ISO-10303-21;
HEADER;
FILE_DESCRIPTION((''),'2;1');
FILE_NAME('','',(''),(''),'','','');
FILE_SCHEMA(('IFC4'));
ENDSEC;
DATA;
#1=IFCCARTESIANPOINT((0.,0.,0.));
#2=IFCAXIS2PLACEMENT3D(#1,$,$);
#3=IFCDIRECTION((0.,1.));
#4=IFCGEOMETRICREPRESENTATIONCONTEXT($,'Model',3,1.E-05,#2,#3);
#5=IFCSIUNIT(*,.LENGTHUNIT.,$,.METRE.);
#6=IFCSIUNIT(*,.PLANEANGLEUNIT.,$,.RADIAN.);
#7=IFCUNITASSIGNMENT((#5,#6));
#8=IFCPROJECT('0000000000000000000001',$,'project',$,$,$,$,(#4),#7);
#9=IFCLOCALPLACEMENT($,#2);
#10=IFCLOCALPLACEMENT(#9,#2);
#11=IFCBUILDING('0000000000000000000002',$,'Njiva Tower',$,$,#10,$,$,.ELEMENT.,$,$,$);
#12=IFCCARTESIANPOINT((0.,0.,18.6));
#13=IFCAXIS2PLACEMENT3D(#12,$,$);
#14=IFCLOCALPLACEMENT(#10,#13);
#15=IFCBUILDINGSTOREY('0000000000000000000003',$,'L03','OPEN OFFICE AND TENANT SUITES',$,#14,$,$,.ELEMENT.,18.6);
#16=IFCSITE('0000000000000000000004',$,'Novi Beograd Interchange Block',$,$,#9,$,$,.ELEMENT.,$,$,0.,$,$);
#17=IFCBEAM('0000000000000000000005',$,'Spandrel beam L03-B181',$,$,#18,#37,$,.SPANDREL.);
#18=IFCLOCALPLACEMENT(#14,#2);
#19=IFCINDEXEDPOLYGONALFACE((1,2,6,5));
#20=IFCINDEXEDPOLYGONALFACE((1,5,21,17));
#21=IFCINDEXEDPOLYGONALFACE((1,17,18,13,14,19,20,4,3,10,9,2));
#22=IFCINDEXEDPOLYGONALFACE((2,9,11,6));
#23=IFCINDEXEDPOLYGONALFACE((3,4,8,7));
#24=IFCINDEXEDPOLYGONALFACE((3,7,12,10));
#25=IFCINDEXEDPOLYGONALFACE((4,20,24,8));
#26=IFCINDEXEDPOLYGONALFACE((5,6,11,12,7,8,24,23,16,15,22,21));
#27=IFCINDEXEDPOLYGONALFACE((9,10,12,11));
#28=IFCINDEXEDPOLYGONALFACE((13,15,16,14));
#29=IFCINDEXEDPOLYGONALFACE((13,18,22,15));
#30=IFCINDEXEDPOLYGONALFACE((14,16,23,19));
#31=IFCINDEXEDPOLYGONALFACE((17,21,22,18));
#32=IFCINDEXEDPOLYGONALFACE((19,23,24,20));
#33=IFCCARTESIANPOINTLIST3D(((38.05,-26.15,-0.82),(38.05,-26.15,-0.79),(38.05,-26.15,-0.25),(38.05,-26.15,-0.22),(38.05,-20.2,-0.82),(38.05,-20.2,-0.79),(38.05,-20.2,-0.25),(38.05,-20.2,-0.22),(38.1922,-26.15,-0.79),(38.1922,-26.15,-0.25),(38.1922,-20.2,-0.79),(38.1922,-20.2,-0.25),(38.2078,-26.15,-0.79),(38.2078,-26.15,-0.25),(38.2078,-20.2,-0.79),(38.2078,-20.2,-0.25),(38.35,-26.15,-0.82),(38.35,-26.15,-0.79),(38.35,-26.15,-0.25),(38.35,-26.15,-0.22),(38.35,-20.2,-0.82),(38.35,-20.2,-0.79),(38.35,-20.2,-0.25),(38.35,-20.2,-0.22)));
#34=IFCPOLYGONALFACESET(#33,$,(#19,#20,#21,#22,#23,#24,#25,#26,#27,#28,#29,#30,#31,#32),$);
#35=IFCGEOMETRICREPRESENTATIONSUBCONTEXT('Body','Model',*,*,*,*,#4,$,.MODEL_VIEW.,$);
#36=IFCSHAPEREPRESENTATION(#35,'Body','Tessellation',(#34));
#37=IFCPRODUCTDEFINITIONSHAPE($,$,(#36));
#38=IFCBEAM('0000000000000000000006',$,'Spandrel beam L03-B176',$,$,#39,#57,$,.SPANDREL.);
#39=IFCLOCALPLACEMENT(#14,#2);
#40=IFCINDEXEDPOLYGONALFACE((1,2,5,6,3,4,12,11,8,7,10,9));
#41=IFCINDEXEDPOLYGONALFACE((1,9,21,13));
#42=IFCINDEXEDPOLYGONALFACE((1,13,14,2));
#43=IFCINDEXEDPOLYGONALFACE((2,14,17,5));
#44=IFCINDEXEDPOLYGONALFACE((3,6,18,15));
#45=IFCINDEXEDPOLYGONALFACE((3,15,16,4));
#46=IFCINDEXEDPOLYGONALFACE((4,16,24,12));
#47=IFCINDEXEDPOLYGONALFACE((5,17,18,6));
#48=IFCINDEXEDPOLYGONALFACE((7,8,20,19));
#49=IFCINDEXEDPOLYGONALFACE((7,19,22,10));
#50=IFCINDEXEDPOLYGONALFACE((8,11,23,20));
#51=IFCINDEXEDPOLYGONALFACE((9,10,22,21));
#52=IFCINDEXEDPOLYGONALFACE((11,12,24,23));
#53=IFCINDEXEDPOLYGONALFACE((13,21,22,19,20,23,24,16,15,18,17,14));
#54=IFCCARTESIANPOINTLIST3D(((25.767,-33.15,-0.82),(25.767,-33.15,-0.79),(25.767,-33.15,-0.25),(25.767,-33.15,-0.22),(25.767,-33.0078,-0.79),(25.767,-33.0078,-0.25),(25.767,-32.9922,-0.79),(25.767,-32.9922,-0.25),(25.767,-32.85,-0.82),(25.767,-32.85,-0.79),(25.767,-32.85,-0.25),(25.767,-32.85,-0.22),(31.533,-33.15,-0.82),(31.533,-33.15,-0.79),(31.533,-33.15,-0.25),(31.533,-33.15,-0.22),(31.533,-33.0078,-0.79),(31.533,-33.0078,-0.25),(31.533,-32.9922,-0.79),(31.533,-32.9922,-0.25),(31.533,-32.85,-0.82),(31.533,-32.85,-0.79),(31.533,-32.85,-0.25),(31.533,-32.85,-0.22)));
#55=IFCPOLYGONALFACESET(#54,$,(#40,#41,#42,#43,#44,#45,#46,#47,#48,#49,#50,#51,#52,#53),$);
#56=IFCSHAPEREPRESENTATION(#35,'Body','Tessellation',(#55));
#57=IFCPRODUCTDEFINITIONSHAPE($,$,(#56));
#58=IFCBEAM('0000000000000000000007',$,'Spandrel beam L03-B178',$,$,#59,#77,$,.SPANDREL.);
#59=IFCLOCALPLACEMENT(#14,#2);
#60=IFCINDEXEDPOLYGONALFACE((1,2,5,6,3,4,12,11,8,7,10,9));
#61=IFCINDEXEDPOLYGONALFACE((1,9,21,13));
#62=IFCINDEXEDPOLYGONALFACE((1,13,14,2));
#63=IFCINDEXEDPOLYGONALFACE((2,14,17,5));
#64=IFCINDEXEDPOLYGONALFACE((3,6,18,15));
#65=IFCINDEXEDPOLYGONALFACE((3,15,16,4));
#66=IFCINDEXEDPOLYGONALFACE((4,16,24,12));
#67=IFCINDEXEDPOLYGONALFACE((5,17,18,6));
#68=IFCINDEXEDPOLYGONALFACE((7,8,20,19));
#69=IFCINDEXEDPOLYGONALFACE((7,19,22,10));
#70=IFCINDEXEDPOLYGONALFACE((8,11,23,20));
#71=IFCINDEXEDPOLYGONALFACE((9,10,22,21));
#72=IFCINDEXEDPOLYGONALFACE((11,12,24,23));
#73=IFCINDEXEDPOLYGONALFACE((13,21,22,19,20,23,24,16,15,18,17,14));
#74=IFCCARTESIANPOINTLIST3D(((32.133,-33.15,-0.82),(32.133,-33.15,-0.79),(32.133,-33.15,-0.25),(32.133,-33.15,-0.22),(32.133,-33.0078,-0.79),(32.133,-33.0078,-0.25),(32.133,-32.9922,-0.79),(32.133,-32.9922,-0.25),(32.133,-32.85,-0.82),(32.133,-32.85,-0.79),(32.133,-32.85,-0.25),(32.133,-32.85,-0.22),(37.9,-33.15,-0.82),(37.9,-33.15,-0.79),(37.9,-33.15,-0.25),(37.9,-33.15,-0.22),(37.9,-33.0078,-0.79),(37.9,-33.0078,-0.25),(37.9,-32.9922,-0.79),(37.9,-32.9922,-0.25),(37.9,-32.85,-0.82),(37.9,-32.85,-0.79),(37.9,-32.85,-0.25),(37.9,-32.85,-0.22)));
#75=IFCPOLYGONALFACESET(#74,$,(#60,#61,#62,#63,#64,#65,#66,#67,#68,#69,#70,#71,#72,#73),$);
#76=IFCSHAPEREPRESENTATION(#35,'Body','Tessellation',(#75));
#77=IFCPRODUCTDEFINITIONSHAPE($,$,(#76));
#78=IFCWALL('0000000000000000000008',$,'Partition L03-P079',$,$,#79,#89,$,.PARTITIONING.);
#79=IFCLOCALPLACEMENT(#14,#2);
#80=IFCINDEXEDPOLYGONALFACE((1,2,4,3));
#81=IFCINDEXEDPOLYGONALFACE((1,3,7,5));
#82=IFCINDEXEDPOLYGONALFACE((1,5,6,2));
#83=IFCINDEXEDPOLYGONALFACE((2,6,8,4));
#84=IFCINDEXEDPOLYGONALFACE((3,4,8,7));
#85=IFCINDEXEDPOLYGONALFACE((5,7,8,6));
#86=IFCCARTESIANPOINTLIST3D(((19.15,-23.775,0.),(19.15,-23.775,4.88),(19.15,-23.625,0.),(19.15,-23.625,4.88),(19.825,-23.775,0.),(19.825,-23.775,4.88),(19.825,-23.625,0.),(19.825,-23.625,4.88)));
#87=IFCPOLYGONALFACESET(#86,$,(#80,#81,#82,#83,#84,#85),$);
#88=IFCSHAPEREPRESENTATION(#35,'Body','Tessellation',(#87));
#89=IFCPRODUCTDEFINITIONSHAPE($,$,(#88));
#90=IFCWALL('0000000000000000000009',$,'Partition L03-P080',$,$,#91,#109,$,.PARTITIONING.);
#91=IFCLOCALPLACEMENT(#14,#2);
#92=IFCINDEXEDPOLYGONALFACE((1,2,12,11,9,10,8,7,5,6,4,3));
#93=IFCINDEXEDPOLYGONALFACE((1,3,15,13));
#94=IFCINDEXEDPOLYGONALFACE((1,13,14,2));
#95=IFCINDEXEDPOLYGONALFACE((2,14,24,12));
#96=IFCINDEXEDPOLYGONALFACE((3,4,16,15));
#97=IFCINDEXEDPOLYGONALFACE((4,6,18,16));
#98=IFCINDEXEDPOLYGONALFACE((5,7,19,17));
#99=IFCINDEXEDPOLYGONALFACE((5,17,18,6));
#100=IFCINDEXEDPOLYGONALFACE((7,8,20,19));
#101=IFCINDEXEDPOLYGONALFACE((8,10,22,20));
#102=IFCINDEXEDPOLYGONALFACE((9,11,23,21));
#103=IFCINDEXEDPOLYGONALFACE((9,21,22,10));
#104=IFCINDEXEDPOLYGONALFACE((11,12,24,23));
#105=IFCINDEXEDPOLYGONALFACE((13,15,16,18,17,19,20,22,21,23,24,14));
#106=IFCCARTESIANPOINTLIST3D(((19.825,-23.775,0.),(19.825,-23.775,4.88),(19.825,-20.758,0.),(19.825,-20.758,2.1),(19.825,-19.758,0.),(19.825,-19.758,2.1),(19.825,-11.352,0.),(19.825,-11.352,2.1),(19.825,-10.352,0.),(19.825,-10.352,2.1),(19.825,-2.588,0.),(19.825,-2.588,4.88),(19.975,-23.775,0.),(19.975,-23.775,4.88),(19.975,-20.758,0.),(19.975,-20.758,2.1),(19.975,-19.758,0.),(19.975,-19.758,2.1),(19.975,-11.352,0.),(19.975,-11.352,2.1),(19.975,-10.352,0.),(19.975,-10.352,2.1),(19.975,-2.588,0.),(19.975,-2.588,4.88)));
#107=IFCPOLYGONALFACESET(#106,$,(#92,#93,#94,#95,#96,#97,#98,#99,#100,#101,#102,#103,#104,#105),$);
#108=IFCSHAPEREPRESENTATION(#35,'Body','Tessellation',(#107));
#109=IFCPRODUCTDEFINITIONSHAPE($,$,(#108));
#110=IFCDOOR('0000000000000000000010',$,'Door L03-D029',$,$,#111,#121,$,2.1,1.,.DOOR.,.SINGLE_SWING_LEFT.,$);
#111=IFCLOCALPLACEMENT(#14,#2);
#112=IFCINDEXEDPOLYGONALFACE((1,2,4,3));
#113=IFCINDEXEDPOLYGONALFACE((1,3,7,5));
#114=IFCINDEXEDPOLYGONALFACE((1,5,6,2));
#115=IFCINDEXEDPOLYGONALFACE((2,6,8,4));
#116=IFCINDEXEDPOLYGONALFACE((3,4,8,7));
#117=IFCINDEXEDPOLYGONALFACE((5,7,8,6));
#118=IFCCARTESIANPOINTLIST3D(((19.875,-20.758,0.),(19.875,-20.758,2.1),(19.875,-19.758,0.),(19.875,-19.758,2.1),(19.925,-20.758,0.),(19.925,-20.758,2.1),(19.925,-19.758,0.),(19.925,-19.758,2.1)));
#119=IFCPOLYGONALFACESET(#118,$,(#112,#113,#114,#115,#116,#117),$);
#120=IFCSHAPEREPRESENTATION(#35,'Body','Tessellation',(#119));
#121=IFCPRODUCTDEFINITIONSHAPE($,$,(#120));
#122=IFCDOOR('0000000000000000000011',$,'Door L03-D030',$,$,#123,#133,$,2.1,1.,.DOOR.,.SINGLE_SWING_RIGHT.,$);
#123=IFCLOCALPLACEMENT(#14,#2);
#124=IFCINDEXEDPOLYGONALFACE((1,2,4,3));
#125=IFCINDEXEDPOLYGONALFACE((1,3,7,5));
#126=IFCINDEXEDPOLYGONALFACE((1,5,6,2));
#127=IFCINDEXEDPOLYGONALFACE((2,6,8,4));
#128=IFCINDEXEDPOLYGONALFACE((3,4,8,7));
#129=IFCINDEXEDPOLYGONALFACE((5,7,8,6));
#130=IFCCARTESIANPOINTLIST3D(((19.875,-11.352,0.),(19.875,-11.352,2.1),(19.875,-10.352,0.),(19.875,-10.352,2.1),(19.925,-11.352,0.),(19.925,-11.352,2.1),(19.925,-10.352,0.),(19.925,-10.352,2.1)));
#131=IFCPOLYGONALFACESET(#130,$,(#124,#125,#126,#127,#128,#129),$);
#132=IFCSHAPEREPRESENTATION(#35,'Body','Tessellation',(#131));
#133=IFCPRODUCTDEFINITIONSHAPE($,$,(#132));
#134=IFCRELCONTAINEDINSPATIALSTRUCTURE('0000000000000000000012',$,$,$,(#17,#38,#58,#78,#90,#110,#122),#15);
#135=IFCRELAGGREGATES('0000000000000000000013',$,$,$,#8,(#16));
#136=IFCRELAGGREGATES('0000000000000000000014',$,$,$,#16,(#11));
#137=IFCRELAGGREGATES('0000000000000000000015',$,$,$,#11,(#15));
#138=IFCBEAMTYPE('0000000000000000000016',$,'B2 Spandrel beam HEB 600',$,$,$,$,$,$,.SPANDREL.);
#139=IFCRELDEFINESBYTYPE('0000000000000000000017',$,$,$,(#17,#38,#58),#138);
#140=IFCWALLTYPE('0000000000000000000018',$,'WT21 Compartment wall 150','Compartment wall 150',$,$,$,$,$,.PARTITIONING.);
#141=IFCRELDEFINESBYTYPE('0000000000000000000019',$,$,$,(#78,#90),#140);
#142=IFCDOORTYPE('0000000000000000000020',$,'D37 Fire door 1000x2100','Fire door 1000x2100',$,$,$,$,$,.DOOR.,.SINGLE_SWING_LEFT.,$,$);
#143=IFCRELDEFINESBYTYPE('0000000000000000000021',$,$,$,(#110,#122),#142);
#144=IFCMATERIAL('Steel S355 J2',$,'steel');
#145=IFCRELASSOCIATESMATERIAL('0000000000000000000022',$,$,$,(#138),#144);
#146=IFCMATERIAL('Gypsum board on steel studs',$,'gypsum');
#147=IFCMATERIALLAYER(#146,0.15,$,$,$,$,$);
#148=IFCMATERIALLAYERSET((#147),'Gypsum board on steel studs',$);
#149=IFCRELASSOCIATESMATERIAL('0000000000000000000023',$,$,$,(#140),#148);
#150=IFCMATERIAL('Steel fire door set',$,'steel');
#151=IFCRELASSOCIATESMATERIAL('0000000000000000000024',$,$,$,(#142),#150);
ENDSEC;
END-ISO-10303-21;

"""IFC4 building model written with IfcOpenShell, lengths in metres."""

from ifc_helpers import new_model, si_unit, direction, frame, frame_2d, origin, origin_2d, place, context, subcontext, project, spatial, rectangle, i_section, extrude, material, layer, layer_set, material_profile, profile_set, type_object, element, fill, save


model = new_model("IFC4")

# Units and contexts
model_context = context("Model", 3, precision=1e-05, world=origin(), true_north=direction((0.0, 1.0)))
body_context = subcontext(model_context, "Body", "Model", "MODEL_VIEW")
ifc_project = project(units=[si_unit("LENGTHUNIT", "METRE"), si_unit("PLANEANGLEUNIT", "RADIAN")], contexts=[model_context])

# Site, building, storey
site_placement = place(None, origin())
site = spatial("IfcSite", under=ifc_project, at=site_placement, Name="Novi Beograd Interchange Block", CompositionType="ELEMENT", RefElevation=0.0)
building_placement = place(site_placement, origin())
building = spatial("IfcBuilding", under=site, at=building_placement, Name="Njiva Tower", CompositionType="ELEMENT")
storey_placement = place(building_placement, frame((0.0, 0.0, 18.6)))
storey = spatial("IfcBuildingStorey", under=building, at=storey_placement, Name="L03", Description="OPEN OFFICE AND TENANT SUITES", CompositionType="ELEMENT", Elevation=18.6)

# Shared definitions
ifc_material_1 = material(Name="Steel S355 J2", Category="steel")

# Beams
ifc_material_profile_1 = material_profile(ifc_material_1, i_section(OverallWidth=0.3, OverallDepth=0.6, WebThickness=0.0155, FlangeThickness=0.03, at=origin_2d()), Name="HEB 600")
ifc_profile_set_1 = profile_set([ifc_material_profile_1], Name="Steel S355 J2")
beam_type_1 = type_object("IfcBeamType", Name="B2 Spandrel beam HEB 600", PredefinedType="SPANDREL", material=ifc_profile_set_1)
for number, where, z_axis, x_axis, name in (
    (1, (38.2, -26.15, -0.52), (0.0, 1.0, 0.0), (-1.0, 0.0, 0.0), "Spandrel beam L03-B181"),
):
    element("IfcBeam", number, at=place(storey_placement, frame(where, z_axis=z_axis, x_axis=x_axis)), inside=storey, type_object=beam_type_1, Name=name, PredefinedType="SPANDREL", context=body_context, shape_type="SweptSolid", body=[
        extrude(i_section(OverallWidth=0.3, OverallDepth=0.6, WebThickness=0.0155, FlangeThickness=0.03, at=origin_2d()), origin(), (0.0, 0.0, 1.0), 5.95),
    ])
beam_1_placement = place(storey_placement, frame((25.767, -33.0, -0.52), z_axis=(1.0, 0.0, 0.0), x_axis=(0.0, 1.0, 0.0)))
element("IfcBeam", 2, at=beam_1_placement, inside=storey, type_object=beam_type_1, Name="Spandrel beam L03-B176", PredefinedType="SPANDREL", context=body_context, shape_type="SweptSolid", body=[
    extrude(i_section(OverallWidth=0.3, OverallDepth=0.6, WebThickness=0.0155, FlangeThickness=0.03, at=origin_2d()), origin(), (0.0, 0.0, 1.0), 5.766),
])
beam_2_placement = place(storey_placement, frame((32.133, -33.0, -0.52), z_axis=(1.0, 0.0, 0.0), x_axis=(0.0, 1.0, 0.0)))
element("IfcBeam", 3, at=beam_2_placement, inside=storey, type_object=beam_type_1, Name="Spandrel beam L03-B178", PredefinedType="SPANDREL", context=body_context, shape_type="SweptSolid", body=[
    extrude(i_section(OverallWidth=0.3, OverallDepth=0.6, WebThickness=0.0155, FlangeThickness=0.03, at=origin_2d()), origin(), (0.0, 0.0, 1.0), 5.767),
])

# Wall
ifc_material_2 = material(Name="Gypsum board on steel studs", Category="gypsum")
ifc_layer_1 = layer(ifc_material_2, 0.15)
ifc_layer_set_1 = layer_set([ifc_layer_1], Name="Gypsum board on steel studs")
wall_type_1 = type_object("IfcWallType", Name="WT21 Compartment wall 150", Description="Compartment wall 150", PredefinedType="PARTITIONING", material=ifc_layer_set_1)
wall_1_placement = place(storey_placement, frame((19.15, -23.7, 0.0), z_axis=(0.0, 0.0, 1.0), x_axis=(1.0, 0.0, 0.0)))
element("IfcWall", 4, at=wall_1_placement, inside=storey, type_object=wall_type_1, Name="Partition L03-P079", PredefinedType="PARTITIONING", context=body_context, shape_type="SweptSolid", body=[
    extrude(rectangle(XDim=0.675, YDim=0.15, at=frame_2d((0.3375, 0.0))), origin(), (0.0, 0.0, 1.0), 4.88),
])

# Wall, openings, doors
wall_2_placement = place(storey_placement, frame((19.9, -23.775, 0.0), z_axis=(0.0, 0.0, 1.0), x_axis=(0.0, 1.0, 0.0)))
wall_2 = element("IfcWall", 5, at=wall_2_placement, inside=storey, type_object=wall_type_1, Name="Partition L03-P080", PredefinedType="PARTITIONING", context=body_context, shape_type="SweptSolid", body=[
    extrude(rectangle(XDim=21.187, YDim=0.15, at=frame_2d((10.5935, 0.0))), origin(), (0.0, 0.0, 1.0), 4.88),
])
opening_1_placement = place(wall_2_placement, frame((3.017, 0.0, 0.0)))
opening_1 = element("IfcOpeningElement", 6, at=opening_1_placement, cuts=wall_2, PredefinedType="OPENING", context=body_context, shape_type="SweptSolid", body=[
    extrude(rectangle(XDim=1.0, YDim=2.1, at=frame_2d((0.5, 1.05))), frame((0.0, 0.085, 0.0), z_axis=(0.0, -1.0, 0.0), x_axis=(1.0, 0.0, 0.0)), (0.0, 0.0, 1.0), 0.17),
])
opening_2_placement = place(wall_2_placement, frame((12.423, 0.0, 0.0)))
opening_2 = element("IfcOpeningElement", 7, at=opening_2_placement, cuts=wall_2, PredefinedType="OPENING", context=body_context, shape_type="SweptSolid", body=[
    extrude(rectangle(XDim=1.0, YDim=2.1, at=frame_2d((0.5, 1.05))), frame((0.0, 0.085, 0.0), z_axis=(0.0, -1.0, 0.0), x_axis=(1.0, 0.0, 0.0)), (0.0, 0.0, 1.0), 0.17),
])
ifc_material_3 = material(Name="Steel fire door set", Category="steel")
door_type = type_object("IfcDoorType", Name="D37 Fire door 1000x2100", Description="Fire door 1000x2100", OperationType="SINGLE_SWING_LEFT", PredefinedType="DOOR", material=ifc_material_3)
door_1_placement = place(opening_1_placement, origin())
door_1 = element("IfcDoor", 8, at=door_1_placement, inside=storey, type_object=door_type, Name="Door L03-D029", OperationType="SINGLE_SWING_LEFT", OverallHeight=2.1, OverallWidth=1.0, PredefinedType="DOOR", context=body_context, shape_type="SweptSolid", body=[
    extrude(rectangle(XDim=1.0, YDim=2.1, at=frame_2d((0.5, 1.05))), frame((0.0, 0.025, 0.0), z_axis=(0.0, -1.0, 0.0), x_axis=(1.0, 0.0, 0.0)), (0.0, 0.0, 1.0), 0.05),
])
fill(opening_1, door_1)
door_2_placement = place(opening_2_placement, origin())
door_2 = element("IfcDoor", 9, at=door_2_placement, inside=storey, type_object=door_type, Name="Door L03-D030", OperationType="SINGLE_SWING_RIGHT", OverallHeight=2.1, OverallWidth=1.0, PredefinedType="DOOR", context=body_context, shape_type="SweptSolid", body=[
    extrude(rectangle(XDim=1.0, YDim=2.1, at=frame_2d((0.5, 1.05))), frame((0.0, 0.025, 0.0), z_axis=(0.0, -1.0, 0.0), x_axis=(1.0, 0.0, 0.0)), (0.0, 0.0, 1.0), 0.05),
])
fill(opening_2, door_2)

save(model, "model.ifc")
